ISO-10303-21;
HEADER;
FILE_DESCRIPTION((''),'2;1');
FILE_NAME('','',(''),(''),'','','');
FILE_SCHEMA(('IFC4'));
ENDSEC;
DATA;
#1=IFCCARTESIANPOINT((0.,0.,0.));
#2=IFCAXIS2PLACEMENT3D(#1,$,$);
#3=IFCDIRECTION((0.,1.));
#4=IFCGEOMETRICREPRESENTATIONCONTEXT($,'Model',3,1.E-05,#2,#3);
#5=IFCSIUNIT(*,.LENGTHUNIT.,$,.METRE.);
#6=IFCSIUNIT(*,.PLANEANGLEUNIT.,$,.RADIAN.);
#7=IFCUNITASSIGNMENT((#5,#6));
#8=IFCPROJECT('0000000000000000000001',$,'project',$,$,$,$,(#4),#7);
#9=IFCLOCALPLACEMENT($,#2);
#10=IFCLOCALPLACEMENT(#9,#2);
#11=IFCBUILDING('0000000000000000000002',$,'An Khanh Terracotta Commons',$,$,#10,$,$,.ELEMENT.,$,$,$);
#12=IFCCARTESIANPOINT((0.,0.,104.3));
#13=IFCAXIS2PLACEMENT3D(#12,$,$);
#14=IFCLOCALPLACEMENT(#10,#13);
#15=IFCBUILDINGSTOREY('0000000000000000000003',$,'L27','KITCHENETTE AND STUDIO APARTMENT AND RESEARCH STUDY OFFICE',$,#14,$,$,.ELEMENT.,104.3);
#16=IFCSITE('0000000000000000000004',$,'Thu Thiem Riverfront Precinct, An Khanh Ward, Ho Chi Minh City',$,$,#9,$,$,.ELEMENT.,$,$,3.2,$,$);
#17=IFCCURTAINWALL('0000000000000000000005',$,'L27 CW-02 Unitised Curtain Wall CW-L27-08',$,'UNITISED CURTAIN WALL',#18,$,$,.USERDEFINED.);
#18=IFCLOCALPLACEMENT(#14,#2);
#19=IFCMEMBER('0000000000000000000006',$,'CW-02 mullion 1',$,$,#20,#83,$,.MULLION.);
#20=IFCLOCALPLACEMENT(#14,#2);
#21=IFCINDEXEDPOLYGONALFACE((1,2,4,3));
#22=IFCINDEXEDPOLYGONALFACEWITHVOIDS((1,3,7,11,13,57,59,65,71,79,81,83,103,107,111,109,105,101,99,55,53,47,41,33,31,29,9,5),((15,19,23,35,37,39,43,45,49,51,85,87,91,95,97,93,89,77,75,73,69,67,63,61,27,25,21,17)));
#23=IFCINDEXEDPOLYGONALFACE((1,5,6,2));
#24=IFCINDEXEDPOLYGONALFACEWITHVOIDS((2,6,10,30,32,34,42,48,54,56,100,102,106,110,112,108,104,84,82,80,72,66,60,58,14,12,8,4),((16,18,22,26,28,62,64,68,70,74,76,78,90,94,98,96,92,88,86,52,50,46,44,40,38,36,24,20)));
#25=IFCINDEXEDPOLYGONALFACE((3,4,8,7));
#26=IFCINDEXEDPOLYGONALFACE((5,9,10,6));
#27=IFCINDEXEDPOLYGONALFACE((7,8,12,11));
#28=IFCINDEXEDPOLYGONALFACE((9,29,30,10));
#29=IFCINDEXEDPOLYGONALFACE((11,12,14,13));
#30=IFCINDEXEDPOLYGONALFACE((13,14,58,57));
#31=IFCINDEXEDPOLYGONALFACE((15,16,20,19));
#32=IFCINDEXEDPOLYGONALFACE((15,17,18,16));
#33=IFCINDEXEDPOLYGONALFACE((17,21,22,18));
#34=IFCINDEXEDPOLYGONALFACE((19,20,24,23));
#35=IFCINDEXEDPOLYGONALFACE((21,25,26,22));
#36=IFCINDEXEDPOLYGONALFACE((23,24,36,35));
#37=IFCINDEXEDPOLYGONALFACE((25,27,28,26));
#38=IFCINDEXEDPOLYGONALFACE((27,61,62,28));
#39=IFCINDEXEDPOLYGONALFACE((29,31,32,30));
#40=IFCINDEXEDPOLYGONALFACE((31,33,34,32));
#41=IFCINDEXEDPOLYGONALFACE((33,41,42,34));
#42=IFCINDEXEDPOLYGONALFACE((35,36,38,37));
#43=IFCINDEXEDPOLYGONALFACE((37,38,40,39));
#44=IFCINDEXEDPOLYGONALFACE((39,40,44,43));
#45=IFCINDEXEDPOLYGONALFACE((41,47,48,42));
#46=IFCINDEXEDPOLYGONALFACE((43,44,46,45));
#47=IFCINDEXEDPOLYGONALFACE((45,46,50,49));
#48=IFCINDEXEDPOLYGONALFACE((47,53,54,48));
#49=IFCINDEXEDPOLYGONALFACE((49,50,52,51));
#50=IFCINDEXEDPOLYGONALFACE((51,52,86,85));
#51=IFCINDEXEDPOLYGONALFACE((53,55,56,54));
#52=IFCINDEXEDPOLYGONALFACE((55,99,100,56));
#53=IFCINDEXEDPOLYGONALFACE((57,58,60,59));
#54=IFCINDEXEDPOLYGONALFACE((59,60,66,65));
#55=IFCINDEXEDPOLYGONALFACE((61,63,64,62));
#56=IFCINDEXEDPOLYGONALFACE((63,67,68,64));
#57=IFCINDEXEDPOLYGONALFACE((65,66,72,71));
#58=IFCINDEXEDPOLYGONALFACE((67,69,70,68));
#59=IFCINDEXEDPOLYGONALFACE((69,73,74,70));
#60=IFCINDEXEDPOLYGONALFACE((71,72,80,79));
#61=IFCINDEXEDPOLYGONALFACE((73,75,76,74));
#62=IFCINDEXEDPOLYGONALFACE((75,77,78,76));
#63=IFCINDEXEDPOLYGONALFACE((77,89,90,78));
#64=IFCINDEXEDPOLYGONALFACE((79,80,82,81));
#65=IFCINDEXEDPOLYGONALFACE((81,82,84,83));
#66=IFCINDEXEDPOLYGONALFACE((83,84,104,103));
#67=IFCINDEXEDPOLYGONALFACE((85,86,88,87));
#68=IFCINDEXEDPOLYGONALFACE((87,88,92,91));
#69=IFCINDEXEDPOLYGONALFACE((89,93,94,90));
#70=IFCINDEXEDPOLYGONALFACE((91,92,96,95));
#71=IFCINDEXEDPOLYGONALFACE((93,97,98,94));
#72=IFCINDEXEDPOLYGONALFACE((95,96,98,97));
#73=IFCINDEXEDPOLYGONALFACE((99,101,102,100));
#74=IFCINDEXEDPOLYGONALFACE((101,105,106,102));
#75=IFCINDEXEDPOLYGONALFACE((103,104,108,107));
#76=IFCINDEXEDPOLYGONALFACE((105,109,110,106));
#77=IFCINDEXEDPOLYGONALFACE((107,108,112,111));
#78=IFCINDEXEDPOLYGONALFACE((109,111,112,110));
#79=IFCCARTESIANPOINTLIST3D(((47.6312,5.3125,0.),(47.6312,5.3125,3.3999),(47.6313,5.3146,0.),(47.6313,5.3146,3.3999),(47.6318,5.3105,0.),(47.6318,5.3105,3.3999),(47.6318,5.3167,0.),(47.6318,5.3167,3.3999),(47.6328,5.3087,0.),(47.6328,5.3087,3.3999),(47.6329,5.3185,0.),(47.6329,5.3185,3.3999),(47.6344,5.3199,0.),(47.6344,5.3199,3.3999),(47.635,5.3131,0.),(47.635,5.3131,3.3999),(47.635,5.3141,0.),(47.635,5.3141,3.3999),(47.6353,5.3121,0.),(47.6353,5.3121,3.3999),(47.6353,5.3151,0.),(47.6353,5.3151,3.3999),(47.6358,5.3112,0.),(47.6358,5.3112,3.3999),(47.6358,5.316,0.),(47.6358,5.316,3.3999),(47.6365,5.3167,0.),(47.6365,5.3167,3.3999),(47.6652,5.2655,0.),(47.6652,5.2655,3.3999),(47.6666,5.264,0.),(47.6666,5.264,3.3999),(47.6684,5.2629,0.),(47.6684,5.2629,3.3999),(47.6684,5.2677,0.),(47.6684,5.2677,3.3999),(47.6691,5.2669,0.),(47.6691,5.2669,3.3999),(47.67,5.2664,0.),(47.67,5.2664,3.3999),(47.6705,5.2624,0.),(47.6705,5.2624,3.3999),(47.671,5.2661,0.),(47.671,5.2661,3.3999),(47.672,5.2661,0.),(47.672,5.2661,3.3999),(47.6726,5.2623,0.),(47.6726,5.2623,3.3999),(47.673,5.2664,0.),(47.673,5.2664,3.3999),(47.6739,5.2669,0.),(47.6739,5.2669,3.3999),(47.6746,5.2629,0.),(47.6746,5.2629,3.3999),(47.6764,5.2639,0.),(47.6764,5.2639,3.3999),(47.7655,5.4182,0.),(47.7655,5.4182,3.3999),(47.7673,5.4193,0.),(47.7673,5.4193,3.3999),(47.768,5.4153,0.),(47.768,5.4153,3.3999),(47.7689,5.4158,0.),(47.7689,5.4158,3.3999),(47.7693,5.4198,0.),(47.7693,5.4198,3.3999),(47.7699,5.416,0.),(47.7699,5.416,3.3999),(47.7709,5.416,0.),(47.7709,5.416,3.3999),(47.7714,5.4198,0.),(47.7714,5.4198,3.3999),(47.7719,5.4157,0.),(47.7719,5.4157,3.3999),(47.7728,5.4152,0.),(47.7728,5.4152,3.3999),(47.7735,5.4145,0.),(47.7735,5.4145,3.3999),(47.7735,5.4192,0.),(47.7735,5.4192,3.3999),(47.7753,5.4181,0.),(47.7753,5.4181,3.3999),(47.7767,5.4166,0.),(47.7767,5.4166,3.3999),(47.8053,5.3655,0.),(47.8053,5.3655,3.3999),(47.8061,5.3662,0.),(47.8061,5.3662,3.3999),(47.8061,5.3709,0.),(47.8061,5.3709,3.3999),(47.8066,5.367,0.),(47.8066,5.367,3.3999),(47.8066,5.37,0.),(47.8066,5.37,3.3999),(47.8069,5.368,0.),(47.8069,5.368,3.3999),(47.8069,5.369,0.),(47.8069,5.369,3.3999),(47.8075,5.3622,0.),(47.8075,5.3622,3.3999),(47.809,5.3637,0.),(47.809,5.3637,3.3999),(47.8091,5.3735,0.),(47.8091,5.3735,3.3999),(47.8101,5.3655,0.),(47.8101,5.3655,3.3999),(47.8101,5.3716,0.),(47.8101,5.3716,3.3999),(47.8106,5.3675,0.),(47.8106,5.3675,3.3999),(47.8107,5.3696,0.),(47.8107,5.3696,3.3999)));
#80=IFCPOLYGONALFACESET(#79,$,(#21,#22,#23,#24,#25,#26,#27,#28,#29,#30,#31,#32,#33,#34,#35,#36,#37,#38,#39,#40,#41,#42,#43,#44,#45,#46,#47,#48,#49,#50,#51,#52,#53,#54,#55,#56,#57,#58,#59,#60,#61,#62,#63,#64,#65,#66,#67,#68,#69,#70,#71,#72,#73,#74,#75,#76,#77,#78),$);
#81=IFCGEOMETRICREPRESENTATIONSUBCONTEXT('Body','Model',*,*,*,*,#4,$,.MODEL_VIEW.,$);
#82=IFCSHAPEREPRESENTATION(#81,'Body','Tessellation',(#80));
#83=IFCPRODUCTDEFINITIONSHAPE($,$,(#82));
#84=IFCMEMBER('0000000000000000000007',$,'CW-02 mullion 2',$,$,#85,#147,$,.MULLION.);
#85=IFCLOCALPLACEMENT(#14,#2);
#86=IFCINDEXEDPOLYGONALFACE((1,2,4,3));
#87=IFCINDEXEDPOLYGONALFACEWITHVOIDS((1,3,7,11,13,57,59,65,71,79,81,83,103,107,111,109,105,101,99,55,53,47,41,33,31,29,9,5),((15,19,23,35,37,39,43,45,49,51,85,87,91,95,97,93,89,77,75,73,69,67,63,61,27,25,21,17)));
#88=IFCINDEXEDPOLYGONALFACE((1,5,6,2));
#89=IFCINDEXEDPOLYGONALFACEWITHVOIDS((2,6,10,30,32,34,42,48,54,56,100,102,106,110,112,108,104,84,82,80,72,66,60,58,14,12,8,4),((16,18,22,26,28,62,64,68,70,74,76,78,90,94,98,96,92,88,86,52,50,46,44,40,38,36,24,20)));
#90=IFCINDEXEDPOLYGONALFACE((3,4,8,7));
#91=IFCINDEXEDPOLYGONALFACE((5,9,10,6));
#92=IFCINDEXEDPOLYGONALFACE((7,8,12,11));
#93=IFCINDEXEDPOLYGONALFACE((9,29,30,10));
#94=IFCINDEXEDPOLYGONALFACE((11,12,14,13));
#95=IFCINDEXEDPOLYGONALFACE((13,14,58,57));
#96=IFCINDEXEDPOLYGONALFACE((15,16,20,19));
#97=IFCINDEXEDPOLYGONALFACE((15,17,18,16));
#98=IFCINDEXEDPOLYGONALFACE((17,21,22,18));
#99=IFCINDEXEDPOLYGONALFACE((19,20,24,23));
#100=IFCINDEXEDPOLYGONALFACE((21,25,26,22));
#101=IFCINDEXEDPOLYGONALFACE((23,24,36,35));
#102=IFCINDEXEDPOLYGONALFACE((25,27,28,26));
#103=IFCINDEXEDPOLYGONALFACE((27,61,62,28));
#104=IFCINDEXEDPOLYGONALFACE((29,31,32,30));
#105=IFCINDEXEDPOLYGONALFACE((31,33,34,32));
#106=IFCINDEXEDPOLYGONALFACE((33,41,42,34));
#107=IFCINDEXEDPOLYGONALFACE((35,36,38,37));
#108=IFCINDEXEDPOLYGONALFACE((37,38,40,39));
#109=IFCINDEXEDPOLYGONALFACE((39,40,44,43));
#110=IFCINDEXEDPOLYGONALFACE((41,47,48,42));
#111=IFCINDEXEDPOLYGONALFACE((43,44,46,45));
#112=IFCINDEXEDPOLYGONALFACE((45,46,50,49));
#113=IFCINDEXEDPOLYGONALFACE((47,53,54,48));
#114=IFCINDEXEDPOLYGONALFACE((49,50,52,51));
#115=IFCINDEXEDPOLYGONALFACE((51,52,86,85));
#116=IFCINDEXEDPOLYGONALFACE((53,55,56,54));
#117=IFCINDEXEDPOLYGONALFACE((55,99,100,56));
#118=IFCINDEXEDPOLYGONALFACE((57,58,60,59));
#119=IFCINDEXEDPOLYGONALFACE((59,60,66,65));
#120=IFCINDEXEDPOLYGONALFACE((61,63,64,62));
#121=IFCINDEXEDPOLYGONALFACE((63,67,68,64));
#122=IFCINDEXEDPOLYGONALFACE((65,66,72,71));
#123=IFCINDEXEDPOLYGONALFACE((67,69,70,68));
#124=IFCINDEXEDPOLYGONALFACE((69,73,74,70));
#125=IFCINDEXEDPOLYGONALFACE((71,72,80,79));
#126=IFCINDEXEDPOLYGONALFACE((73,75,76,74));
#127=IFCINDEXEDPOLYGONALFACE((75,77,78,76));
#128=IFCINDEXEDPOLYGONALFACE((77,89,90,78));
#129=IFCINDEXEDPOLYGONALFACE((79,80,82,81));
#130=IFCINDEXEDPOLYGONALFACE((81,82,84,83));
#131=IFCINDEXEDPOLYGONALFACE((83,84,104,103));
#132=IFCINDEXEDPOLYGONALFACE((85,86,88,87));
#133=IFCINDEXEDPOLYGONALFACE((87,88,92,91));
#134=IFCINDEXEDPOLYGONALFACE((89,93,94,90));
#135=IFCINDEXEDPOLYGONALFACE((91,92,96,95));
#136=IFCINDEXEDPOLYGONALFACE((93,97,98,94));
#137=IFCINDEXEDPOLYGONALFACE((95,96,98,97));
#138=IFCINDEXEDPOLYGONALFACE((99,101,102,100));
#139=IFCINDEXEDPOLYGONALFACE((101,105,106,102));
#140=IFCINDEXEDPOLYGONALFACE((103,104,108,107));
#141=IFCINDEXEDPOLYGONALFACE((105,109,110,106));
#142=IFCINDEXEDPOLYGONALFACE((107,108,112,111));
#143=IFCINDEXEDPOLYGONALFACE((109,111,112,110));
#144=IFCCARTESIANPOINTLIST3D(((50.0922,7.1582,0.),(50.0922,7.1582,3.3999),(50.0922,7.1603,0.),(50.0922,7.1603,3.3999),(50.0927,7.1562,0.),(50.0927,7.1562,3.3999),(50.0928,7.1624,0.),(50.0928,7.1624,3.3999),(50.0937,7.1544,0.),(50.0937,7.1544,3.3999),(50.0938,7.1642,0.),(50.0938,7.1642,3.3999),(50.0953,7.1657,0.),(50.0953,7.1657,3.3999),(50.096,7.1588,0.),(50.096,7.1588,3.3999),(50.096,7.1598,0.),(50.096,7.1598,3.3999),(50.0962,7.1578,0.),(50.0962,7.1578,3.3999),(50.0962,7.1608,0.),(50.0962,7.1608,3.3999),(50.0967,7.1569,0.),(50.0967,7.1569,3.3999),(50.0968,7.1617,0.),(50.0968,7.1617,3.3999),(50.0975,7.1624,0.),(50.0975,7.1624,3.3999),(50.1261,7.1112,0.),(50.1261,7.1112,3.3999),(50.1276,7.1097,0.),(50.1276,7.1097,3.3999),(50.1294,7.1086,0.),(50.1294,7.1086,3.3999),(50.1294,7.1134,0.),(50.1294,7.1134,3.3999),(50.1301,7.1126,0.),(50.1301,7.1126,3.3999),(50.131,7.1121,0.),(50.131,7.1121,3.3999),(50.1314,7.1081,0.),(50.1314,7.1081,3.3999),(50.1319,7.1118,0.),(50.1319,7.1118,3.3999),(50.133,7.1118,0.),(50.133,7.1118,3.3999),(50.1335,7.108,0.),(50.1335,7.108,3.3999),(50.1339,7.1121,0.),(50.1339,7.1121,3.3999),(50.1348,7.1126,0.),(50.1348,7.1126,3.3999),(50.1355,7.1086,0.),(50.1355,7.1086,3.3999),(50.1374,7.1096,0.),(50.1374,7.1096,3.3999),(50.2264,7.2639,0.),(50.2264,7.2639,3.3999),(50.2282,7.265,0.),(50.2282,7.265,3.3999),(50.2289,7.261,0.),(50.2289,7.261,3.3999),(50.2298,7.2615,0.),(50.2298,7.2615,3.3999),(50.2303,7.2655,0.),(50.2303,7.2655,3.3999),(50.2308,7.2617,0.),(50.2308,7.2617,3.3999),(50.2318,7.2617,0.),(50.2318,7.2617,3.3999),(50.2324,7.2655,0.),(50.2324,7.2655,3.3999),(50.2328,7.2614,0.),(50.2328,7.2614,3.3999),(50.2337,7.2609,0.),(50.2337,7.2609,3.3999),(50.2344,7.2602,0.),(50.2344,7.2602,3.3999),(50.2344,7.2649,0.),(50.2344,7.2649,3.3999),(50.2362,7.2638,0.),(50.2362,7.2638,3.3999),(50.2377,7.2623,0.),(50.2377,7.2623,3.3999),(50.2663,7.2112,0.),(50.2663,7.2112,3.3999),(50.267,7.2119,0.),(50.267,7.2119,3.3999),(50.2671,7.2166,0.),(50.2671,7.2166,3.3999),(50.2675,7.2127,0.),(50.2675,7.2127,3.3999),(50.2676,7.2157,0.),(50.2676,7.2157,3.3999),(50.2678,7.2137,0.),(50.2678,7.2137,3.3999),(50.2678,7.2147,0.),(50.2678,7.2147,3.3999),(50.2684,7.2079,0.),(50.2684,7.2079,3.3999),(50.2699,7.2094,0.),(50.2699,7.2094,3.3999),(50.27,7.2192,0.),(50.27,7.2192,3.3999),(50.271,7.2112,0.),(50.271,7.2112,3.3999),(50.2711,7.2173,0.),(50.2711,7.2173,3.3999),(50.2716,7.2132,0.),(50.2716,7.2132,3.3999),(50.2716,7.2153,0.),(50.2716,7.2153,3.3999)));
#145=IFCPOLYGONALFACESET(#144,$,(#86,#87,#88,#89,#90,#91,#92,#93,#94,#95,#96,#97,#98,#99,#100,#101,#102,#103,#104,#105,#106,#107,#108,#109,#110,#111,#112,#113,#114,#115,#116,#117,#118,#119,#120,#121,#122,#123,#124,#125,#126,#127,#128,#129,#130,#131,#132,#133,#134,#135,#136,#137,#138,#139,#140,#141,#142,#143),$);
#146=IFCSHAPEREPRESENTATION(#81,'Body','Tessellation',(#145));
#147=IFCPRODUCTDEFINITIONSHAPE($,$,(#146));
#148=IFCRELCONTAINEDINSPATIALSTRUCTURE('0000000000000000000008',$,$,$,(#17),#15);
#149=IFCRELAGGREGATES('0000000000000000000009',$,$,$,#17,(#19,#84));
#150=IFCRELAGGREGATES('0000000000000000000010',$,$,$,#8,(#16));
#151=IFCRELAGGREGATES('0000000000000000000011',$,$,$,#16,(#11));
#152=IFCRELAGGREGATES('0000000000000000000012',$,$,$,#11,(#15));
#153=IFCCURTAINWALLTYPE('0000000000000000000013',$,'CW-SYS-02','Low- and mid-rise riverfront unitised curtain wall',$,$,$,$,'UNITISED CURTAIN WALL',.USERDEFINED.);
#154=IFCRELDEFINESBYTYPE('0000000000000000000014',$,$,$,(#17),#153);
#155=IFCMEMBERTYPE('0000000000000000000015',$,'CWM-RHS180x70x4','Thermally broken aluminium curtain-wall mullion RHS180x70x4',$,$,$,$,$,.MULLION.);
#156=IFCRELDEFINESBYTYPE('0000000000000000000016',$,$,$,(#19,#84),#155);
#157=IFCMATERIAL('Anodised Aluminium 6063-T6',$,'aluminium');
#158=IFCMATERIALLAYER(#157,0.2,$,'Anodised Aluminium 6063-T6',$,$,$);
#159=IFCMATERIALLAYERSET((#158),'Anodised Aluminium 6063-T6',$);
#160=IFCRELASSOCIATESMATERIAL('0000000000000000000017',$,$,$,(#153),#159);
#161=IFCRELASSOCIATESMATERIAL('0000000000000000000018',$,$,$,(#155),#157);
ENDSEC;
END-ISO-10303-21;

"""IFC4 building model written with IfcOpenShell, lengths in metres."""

from ifc_helpers import new_model, si_unit, direction, frame, origin, origin_2d, place, context, subcontext, project, spatial, hollow_rectangle, extrude, material, layer, layer_set, material_profile, profile_set, type_object, element, aggregate, save


model = new_model("IFC4")

# Units and contexts
model_context = context("Model", 3, precision=1e-05, world=origin(), true_north=direction((0.0, 1.0)))
body_context = subcontext(model_context, "Body", "Model", "MODEL_VIEW")
ifc_project = project(units=[si_unit("LENGTHUNIT", "METRE"), si_unit("PLANEANGLEUNIT", "RADIAN")], contexts=[model_context])

# Site, building, storey
site_placement = place(None, origin())
site = spatial("IfcSite", under=ifc_project, at=site_placement, Name="Thu Thiem Riverfront Precinct, An Khanh Ward, Ho Chi Minh City", CompositionType="ELEMENT", RefElevation=3.2)
building_placement = place(site_placement, origin())
building = spatial("IfcBuilding", under=site, at=building_placement, Name="An Khanh Terracotta Commons", CompositionType="ELEMENT")
storey_placement = place(building_placement, frame((0.0, 0.0, 104.3)))
storey = spatial("IfcBuildingStorey", under=building, at=storey_placement, Name="L27", Description="KITCHENETTE AND STUDIO APARTMENT AND RESEARCH STUDY OFFICE", CompositionType="ELEMENT", Elevation=104.3)

# Curtain wall, members
ifc_material_1 = material(Name="Anodised Aluminium 6063-T6", Category="aluminium")
ifc_layer_1 = layer(ifc_material_1, 0.2, Name="Anodised Aluminium 6063-T6")
ifc_layer_set_1 = layer_set([ifc_layer_1], Name="Anodised Aluminium 6063-T6")
curtain_wall_type = type_object("IfcCurtainWallType", Name="CW-SYS-02", Description="Low- and mid-rise riverfront unitised curtain wall", ElementType="UNITISED CURTAIN WALL", PredefinedType="USERDEFINED", material=ifc_layer_set_1)
curtain_wall_placement = place(storey_placement, origin())
curtain_wall = element("IfcCurtainWall", 1, at=curtain_wall_placement, inside=storey, type_object=curtain_wall_type, Name="L27 CW-02 Unitised Curtain Wall CW-L27-08", ObjectType="UNITISED CURTAIN WALL", PredefinedType="USERDEFINED")
ifc_material_profile_1 = material_profile(ifc_material_1, hollow_rectangle(XDim=0.0701, YDim=0.1799, WallThickness=0.0039, InnerFilletRadius=0.0039, OuterFilletRadius=0.0081, at=origin_2d()), Name="RHS180x70x4")
ifc_profile_set_1 = profile_set([ifc_material_profile_1], Name="Anodised Aluminium 6063-T6")
member_type_1 = type_object("IfcMemberType", Name="CWM-RHS180x70x4", Description="Thermally broken aluminium curtain-wall mullion RHS180x70x4", PredefinedType="MULLION", material=ifc_profile_set_1)
member_1_placement = place(storey_placement, frame((47.7209, 5.3411, 0.0), z_axis=(0.0, 0.0, 1.0), x_axis=(-0.599983, 0.800013, 0.0)))
member_1 = element("IfcMember", 2, at=member_1_placement, type_object=member_type_1, Name="CW-02 mullion 1", PredefinedType="MULLION", context=body_context, shape_type="SweptSolid", body=[
    extrude(hollow_rectangle(XDim=0.0701, YDim=0.1799, WallThickness=0.0039, InnerFilletRadius=0.0039, OuterFilletRadius=0.0081, at=origin_2d()), origin(), (0.0, 0.0, 1.0), 3.3999),
])
member_2_placement = place(storey_placement, frame((50.1819, 7.1868, 0.0), z_axis=(0.0, 0.0, 1.0), x_axis=(-0.599983, 0.800013, 0.0)))
member_2 = element("IfcMember", 3, at=member_2_placement, type_object=member_type_1, Name="CW-02 mullion 2", PredefinedType="MULLION", context=body_context, shape_type="SweptSolid", body=[
    extrude(hollow_rectangle(XDim=0.0701, YDim=0.1799, WallThickness=0.0039, InnerFilletRadius=0.0039, OuterFilletRadius=0.0081, at=origin_2d()), origin(), (0.0, 0.0, 1.0), 3.3999),
])
aggregate(curtain_wall, [member_1, member_2])

save(model, "model.ifc")
